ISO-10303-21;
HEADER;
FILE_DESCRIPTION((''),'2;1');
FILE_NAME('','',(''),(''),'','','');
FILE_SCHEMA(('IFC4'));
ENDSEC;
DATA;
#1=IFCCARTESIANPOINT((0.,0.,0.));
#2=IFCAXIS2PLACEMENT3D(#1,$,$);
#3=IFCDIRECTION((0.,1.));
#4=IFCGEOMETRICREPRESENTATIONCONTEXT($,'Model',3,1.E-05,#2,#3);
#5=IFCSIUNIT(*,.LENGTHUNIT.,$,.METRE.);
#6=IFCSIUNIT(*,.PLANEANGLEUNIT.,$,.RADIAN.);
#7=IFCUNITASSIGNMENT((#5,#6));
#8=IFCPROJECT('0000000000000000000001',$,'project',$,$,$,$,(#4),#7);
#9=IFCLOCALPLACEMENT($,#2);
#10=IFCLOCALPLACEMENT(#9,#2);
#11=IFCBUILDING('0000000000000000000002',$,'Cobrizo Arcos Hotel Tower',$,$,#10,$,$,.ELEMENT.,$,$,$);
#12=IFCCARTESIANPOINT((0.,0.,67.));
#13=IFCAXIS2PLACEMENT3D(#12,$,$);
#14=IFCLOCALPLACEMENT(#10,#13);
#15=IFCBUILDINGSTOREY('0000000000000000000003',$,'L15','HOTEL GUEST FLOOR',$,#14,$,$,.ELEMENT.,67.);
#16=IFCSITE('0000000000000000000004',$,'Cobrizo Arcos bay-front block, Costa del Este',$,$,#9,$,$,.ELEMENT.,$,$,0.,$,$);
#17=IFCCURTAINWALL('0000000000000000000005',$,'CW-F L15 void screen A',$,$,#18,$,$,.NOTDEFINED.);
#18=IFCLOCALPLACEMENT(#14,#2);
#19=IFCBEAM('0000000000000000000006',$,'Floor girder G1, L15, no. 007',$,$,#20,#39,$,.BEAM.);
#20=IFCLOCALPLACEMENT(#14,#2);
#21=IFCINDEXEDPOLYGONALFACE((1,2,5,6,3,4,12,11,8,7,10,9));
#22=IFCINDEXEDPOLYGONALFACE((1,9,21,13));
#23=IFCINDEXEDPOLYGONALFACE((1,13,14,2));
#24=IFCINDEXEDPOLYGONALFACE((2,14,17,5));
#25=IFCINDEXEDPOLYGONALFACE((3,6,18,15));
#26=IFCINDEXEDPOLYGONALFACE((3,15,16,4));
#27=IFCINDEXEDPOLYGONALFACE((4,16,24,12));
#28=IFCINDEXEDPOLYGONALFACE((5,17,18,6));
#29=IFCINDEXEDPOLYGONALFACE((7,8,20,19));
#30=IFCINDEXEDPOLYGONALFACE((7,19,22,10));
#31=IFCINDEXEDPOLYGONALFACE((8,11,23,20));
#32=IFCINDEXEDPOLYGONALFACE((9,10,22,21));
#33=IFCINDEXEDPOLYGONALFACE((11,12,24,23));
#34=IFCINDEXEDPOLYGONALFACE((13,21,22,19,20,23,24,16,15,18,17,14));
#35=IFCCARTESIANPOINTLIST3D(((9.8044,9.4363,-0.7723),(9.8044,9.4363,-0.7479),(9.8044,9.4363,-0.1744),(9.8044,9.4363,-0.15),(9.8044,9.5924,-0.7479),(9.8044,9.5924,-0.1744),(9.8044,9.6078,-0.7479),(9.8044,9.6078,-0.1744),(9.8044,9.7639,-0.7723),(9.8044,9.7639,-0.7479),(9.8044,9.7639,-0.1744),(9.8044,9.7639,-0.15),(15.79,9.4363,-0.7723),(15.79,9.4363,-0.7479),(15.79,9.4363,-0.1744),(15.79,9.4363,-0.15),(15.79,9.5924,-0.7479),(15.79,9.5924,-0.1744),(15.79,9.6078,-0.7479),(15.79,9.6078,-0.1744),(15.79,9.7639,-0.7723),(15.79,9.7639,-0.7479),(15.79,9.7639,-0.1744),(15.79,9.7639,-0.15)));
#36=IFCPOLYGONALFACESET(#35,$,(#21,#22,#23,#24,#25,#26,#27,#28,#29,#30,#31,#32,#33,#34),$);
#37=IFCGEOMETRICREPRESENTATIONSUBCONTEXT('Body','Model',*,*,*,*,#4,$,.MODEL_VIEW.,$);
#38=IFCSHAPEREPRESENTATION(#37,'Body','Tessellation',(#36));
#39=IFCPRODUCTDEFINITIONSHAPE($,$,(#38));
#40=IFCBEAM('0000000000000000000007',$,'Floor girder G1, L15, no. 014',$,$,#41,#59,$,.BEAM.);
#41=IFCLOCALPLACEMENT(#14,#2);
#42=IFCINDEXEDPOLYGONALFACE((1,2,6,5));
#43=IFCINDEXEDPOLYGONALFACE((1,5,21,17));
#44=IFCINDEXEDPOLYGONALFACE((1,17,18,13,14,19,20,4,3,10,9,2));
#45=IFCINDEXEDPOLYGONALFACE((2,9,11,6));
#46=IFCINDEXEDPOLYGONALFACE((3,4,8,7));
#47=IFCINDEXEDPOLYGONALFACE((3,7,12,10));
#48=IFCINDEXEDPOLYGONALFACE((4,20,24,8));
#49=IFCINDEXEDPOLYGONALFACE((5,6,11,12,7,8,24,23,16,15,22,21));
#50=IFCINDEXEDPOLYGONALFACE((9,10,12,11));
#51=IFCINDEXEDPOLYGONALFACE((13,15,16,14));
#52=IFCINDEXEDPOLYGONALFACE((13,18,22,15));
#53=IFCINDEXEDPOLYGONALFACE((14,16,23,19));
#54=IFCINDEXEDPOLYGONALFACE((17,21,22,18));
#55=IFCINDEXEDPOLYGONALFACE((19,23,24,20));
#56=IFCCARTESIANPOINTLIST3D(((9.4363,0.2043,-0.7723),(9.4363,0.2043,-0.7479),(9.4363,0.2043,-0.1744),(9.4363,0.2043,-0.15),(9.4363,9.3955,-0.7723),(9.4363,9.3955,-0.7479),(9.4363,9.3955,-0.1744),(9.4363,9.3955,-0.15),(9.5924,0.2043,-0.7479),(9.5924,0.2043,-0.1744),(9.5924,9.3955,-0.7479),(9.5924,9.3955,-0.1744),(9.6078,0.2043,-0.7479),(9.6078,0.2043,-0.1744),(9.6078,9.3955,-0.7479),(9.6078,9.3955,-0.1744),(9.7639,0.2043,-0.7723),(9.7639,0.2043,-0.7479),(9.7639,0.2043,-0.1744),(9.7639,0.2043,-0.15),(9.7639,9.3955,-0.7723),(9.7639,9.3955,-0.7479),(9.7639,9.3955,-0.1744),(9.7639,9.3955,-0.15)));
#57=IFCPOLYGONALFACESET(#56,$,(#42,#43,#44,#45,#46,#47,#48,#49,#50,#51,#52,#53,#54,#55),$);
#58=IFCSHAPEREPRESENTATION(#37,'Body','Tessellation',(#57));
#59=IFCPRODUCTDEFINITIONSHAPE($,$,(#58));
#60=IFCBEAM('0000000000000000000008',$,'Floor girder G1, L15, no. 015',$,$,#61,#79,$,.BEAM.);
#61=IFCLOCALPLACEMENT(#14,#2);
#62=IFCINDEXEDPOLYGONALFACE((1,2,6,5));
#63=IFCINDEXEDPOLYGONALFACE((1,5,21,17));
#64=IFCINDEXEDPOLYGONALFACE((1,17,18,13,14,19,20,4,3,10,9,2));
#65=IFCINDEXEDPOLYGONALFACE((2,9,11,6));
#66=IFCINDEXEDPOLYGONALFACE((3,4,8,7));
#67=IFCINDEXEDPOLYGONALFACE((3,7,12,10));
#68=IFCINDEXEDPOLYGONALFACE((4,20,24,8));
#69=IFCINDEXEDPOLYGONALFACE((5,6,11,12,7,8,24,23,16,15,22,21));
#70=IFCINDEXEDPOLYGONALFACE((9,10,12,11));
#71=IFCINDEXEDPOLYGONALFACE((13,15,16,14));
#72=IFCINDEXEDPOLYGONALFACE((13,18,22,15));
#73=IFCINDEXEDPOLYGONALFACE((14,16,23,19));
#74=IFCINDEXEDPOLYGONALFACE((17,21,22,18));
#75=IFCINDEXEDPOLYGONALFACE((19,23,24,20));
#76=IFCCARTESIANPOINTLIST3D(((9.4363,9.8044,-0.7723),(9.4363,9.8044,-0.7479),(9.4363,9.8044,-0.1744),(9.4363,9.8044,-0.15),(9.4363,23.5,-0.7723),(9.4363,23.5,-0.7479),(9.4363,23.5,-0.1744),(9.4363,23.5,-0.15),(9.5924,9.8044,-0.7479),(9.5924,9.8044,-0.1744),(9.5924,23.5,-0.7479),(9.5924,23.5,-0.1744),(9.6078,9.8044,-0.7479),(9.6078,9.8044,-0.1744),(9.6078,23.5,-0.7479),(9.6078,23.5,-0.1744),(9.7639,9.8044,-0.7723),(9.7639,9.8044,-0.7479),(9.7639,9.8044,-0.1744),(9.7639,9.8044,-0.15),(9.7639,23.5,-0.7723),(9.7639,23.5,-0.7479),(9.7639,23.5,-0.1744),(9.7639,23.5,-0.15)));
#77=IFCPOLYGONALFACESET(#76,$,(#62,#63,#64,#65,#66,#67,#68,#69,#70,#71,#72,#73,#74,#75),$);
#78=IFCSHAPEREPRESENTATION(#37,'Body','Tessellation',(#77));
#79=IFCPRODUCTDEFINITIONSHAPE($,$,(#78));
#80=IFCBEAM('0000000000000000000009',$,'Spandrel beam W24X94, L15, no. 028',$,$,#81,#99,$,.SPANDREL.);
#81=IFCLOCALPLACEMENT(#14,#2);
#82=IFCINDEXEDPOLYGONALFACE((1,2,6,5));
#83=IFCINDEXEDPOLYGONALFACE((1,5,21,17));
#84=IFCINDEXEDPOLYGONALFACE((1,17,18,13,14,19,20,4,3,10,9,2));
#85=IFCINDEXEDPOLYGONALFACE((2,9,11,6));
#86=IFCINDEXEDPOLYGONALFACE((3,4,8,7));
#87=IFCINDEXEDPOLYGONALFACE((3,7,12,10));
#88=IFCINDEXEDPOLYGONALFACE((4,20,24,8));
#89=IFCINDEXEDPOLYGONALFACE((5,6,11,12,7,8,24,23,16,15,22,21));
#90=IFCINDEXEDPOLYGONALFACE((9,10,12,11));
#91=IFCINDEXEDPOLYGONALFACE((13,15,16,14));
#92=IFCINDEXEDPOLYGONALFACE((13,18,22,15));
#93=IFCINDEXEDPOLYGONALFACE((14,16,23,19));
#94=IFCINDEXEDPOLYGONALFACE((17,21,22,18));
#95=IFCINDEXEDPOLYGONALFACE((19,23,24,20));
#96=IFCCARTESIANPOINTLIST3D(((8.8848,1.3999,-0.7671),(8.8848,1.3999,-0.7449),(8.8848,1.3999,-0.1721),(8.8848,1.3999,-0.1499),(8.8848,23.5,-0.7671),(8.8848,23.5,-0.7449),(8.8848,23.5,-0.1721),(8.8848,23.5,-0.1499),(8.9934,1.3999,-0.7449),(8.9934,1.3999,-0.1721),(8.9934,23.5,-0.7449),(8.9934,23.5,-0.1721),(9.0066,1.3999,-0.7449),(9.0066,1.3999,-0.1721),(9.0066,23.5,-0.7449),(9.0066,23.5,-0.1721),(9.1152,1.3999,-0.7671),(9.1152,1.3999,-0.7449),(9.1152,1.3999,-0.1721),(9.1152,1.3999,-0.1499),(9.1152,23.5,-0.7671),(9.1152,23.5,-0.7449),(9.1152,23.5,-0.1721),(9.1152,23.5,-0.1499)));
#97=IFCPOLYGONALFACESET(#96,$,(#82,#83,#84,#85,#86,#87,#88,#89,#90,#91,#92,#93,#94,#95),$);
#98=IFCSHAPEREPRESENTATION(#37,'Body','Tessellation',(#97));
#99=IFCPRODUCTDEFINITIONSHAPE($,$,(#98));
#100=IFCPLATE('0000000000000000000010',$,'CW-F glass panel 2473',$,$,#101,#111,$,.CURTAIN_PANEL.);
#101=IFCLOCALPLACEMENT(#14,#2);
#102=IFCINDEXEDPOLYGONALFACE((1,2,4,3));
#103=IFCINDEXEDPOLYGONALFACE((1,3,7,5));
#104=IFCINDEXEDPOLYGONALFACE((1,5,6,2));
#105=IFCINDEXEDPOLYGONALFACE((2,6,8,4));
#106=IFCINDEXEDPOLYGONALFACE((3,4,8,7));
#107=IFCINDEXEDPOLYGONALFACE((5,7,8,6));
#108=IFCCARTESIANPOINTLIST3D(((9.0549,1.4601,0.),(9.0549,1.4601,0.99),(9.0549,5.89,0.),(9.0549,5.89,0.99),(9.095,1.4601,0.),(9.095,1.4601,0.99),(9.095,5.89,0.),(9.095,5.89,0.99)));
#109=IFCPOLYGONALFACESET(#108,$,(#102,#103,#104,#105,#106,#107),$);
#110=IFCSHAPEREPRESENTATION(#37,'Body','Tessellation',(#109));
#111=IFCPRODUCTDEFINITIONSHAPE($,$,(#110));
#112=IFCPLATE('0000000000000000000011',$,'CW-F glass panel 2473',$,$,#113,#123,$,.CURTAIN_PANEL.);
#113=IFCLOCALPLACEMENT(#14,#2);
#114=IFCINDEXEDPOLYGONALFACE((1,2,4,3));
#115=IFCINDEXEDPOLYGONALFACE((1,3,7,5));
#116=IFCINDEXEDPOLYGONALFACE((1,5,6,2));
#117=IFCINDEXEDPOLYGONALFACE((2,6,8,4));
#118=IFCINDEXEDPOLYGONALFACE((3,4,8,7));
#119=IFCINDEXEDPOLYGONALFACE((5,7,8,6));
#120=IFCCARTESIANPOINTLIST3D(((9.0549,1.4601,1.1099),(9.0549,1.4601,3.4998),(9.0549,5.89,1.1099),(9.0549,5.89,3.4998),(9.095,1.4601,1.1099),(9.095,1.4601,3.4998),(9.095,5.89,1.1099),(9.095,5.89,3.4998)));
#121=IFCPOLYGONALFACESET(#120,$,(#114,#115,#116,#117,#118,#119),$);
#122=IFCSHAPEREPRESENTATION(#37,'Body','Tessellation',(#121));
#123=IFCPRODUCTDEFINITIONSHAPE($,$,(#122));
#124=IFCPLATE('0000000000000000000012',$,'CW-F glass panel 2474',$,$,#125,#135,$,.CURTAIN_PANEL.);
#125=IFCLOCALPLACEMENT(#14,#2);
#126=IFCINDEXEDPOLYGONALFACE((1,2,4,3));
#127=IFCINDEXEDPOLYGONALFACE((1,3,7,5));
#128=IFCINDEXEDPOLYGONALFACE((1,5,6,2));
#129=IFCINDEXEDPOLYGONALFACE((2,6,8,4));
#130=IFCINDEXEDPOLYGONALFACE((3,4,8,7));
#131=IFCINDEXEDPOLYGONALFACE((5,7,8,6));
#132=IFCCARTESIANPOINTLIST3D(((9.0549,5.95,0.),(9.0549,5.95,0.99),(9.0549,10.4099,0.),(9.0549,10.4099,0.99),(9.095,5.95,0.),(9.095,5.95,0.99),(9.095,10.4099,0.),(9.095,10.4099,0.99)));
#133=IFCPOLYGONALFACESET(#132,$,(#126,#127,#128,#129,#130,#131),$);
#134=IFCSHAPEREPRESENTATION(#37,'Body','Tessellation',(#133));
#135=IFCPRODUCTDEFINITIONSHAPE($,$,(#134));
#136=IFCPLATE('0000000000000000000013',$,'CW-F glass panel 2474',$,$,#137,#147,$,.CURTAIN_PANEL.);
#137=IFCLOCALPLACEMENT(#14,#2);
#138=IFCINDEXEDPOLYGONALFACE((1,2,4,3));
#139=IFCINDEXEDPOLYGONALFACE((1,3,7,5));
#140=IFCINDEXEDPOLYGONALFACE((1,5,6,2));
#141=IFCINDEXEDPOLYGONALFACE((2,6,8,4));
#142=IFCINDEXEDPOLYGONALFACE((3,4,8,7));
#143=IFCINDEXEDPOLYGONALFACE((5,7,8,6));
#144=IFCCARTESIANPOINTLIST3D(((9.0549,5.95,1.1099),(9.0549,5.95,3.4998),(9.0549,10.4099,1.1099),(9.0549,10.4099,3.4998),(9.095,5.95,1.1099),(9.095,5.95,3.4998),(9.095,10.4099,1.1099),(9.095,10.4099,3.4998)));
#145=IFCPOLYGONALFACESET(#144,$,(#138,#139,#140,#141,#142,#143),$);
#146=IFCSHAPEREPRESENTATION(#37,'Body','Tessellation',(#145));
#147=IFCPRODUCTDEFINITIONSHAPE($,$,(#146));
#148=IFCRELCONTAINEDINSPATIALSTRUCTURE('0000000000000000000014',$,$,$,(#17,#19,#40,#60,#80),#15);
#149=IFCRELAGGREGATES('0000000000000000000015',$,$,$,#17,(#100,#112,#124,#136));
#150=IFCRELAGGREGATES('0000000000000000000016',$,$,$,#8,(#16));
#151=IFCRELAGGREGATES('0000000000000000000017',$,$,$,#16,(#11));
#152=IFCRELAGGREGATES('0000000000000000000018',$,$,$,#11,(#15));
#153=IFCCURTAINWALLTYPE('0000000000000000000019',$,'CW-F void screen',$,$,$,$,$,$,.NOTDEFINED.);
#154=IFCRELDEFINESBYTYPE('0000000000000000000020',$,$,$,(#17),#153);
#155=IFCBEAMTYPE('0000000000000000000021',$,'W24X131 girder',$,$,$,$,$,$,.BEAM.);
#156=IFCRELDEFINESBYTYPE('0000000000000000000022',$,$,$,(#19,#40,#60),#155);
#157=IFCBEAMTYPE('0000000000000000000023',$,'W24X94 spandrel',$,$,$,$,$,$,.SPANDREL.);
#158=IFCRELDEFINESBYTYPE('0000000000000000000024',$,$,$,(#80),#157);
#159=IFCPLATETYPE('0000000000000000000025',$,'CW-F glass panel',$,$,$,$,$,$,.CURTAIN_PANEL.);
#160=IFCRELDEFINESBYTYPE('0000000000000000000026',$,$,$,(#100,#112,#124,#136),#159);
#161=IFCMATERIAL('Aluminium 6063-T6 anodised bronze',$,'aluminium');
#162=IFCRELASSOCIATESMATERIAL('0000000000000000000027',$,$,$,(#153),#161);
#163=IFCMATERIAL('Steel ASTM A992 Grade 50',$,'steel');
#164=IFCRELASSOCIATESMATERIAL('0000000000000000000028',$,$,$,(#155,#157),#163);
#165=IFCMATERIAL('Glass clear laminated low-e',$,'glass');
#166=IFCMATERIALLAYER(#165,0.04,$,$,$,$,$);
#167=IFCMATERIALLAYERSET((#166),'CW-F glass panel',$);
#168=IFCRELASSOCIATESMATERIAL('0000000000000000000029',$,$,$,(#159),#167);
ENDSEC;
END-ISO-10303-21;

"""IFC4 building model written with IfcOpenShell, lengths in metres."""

from ifc_helpers import new_model, si_unit, direction, frame, origin, origin_2d, place, context, subcontext, project, spatial, rectangle, i_section, extrude, material, layer, layer_set, material_profile, profile_set, type_object, element, aggregate, save


model = new_model("IFC4")

# Units and contexts
model_context = context("Model", 3, precision=1e-05, world=origin(), true_north=direction((0.0, 1.0)))
body_context = subcontext(model_context, "Body", "Model", "MODEL_VIEW")
ifc_project = project(units=[si_unit("LENGTHUNIT", "METRE"), si_unit("PLANEANGLEUNIT", "RADIAN")], contexts=[model_context])

# Site, building, storey
site_placement = place(None, origin())
site = spatial("IfcSite", under=ifc_project, at=site_placement, Name="Cobrizo Arcos bay-front block, Costa del Este", CompositionType="ELEMENT", RefElevation=0.0)
building_placement = place(site_placement, origin())
building = spatial("IfcBuilding", under=site, at=building_placement, Name="Cobrizo Arcos Hotel Tower", CompositionType="ELEMENT")
storey_placement = place(building_placement, frame((0.0, 0.0, 67.0)))
storey = spatial("IfcBuildingStorey", under=building, at=storey_placement, Name="L15", Description="HOTEL GUEST FLOOR", CompositionType="ELEMENT", Elevation=67.0)

# Shared definitions
ifc_material_1 = material(Name="Steel ASTM A992 Grade 50", Category="steel")

# Curtain wall
ifc_material_2 = material(Name="Aluminium 6063-T6 anodised bronze", Category="aluminium")
curtain_wall_type = type_object("IfcCurtainWallType", Name="CW-F void screen", PredefinedType="NOTDEFINED", material=ifc_material_2)
curtain_wall_placement = place(storey_placement, origin())
curtain_wall = element("IfcCurtainWall", 1, at=curtain_wall_placement, inside=storey, type_object=curtain_wall_type, Name="CW-F L15 void screen A", PredefinedType="NOTDEFINED")

# Beams
ifc_material_profile_1 = material_profile(ifc_material_1, i_section(OverallWidth=0.3276, OverallDepth=0.6223, WebThickness=0.0154, FlangeThickness=0.0244, at=origin_2d()), Name="W24X131")
ifc_profile_set_1 = profile_set([ifc_material_profile_1], Name="Steel ASTM A992 Grade 50")
beam_type_1 = type_object("IfcBeamType", Name="W24X131 girder", PredefinedType="BEAM", material=ifc_profile_set_1)
for number, where, z_axis, x_axis, name in (
    (2, (9.8044, 9.6001, -0.4612), (1.0, 0.0, 0.0), (0.0, 1.0, 0.0), "Floor girder G1, L15, no. 007"),
):
    element("IfcBeam", number, at=place(storey_placement, frame(where, z_axis=z_axis, x_axis=x_axis)), inside=storey, type_object=beam_type_1, Name=name, PredefinedType="BEAM", context=body_context, shape_type="SweptSolid", body=[
        extrude(i_section(OverallWidth=0.3276, OverallDepth=0.6223, WebThickness=0.0154, FlangeThickness=0.0244, at=origin_2d()), origin(), (0.0, 0.0, 1.0), 5.9856),
    ])
beam_1_placement = place(storey_placement, frame((9.6001, 0.2043, -0.4612), z_axis=(0.0, 1.0, 0.0), x_axis=(-1.0, 0.0, 0.0)))
element("IfcBeam", 3, at=beam_1_placement, inside=storey, type_object=beam_type_1, Name="Floor girder G1, L15, no. 014", PredefinedType="BEAM", context=body_context, shape_type="SweptSolid", body=[
    extrude(i_section(OverallWidth=0.3276, OverallDepth=0.6223, WebThickness=0.0154, FlangeThickness=0.0244, at=origin_2d()), origin(), (0.0, 0.0, 1.0), 9.1912),
])
beam_2_placement = place(storey_placement, frame((9.6001, 9.8044, -0.4612), z_axis=(0.0, 1.0, 0.0), x_axis=(-1.0, 0.0, 0.0)))
element("IfcBeam", 4, at=beam_2_placement, inside=storey, type_object=beam_type_1, Name="Floor girder G1, L15, no. 015", PredefinedType="BEAM", context=body_context, shape_type="SweptSolid", body=[
    extrude(i_section(OverallWidth=0.3276, OverallDepth=0.6223, WebThickness=0.0154, FlangeThickness=0.0244, at=origin_2d()), origin(), (0.0, 0.0, 1.0), 13.6956),
])
ifc_material_profile_2 = material_profile(ifc_material_1, i_section(OverallWidth=0.2305, OverallDepth=0.6172, WebThickness=0.0132, FlangeThickness=0.0222, at=origin_2d()), Name="W24X94")
ifc_profile_set_2 = profile_set([ifc_material_profile_2], Name="Steel ASTM A992 Grade 50")
beam_type_2 = type_object("IfcBeamType", Name="W24X94 spandrel", PredefinedType="SPANDREL", material=ifc_profile_set_2)
beam_3_placement = place(storey_placement, frame((9.0, 1.3999, -0.4585), z_axis=(0.0, 1.0, 0.0), x_axis=(-1.0, 0.0, 0.0)))
element("IfcBeam", 5, at=beam_3_placement, inside=storey, type_object=beam_type_2, Name="Spandrel beam W24X94, L15, no. 028", PredefinedType="SPANDREL", context=body_context, shape_type="SweptSolid", body=[
    extrude(i_section(OverallWidth=0.2305, OverallDepth=0.6172, WebThickness=0.0132, FlangeThickness=0.0222, at=origin_2d()), origin(), (0.0, 0.0, 1.0), 22.1001),
])

# Plates
ifc_material_3 = material(Name="Glass clear laminated low-e", Category="glass")
ifc_layer_1 = layer(ifc_material_3, 0.04)
ifc_layer_set_1 = layer_set([ifc_layer_1], Name="CW-F glass panel")
plate_type = type_object("IfcPlateType", Name="CW-F glass panel", PredefinedType="CURTAIN_PANEL", material=ifc_layer_set_1)
plate_1_placement = place(storey_placement, frame((9.075, 3.675, 0.0), z_axis=(0.0, 0.0, 1.0), x_axis=(0.0, 1.0, 0.0)))
plate_1 = element("IfcPlate", 6, at=plate_1_placement, type_object=plate_type, Name="CW-F glass panel 2473", PredefinedType="CURTAIN_PANEL", context=body_context, shape_type="SweptSolid", body=[
    extrude(rectangle(XDim=4.4299, YDim=0.04, at=origin_2d()), origin(), (0.0, 0.0, 1.0), 0.99),
])
plate_2_placement = place(storey_placement, frame((9.075, 3.675, 1.1099), z_axis=(0.0, 0.0, 1.0), x_axis=(0.0, 1.0, 0.0)))
plate_2 = element("IfcPlate", 7, at=plate_2_placement, type_object=plate_type, Name="CW-F glass panel 2473", PredefinedType="CURTAIN_PANEL", context=body_context, shape_type="SweptSolid", body=[
    extrude(rectangle(XDim=4.4299, YDim=0.04, at=origin_2d()), origin(), (0.0, 0.0, 1.0), 2.3899),
])
plate_3_placement = place(storey_placement, frame((9.075, 8.1799, 0.0), z_axis=(0.0, 0.0, 1.0), x_axis=(0.0, 1.0, 0.0)))
plate_3 = element("IfcPlate", 8, at=plate_3_placement, type_object=plate_type, Name="CW-F glass panel 2474", PredefinedType="CURTAIN_PANEL", context=body_context, shape_type="SweptSolid", body=[
    extrude(rectangle(XDim=4.46, YDim=0.04, at=origin_2d()), origin(), (0.0, 0.0, 1.0), 0.99),
])
plate_4_placement = place(storey_placement, frame((9.075, 8.1799, 1.1099), z_axis=(0.0, 0.0, 1.0), x_axis=(0.0, 1.0, 0.0)))
plate_4 = element("IfcPlate", 9, at=plate_4_placement, type_object=plate_type, Name="CW-F glass panel 2474", PredefinedType="CURTAIN_PANEL", context=body_context, shape_type="SweptSolid", body=[
    extrude(rectangle(XDim=4.46, YDim=0.04, at=origin_2d()), origin(), (0.0, 0.0, 1.0), 2.3899),
])
aggregate(curtain_wall, [plate_1, plate_2, plate_3, plate_4])

save(model, "model.ifc")
